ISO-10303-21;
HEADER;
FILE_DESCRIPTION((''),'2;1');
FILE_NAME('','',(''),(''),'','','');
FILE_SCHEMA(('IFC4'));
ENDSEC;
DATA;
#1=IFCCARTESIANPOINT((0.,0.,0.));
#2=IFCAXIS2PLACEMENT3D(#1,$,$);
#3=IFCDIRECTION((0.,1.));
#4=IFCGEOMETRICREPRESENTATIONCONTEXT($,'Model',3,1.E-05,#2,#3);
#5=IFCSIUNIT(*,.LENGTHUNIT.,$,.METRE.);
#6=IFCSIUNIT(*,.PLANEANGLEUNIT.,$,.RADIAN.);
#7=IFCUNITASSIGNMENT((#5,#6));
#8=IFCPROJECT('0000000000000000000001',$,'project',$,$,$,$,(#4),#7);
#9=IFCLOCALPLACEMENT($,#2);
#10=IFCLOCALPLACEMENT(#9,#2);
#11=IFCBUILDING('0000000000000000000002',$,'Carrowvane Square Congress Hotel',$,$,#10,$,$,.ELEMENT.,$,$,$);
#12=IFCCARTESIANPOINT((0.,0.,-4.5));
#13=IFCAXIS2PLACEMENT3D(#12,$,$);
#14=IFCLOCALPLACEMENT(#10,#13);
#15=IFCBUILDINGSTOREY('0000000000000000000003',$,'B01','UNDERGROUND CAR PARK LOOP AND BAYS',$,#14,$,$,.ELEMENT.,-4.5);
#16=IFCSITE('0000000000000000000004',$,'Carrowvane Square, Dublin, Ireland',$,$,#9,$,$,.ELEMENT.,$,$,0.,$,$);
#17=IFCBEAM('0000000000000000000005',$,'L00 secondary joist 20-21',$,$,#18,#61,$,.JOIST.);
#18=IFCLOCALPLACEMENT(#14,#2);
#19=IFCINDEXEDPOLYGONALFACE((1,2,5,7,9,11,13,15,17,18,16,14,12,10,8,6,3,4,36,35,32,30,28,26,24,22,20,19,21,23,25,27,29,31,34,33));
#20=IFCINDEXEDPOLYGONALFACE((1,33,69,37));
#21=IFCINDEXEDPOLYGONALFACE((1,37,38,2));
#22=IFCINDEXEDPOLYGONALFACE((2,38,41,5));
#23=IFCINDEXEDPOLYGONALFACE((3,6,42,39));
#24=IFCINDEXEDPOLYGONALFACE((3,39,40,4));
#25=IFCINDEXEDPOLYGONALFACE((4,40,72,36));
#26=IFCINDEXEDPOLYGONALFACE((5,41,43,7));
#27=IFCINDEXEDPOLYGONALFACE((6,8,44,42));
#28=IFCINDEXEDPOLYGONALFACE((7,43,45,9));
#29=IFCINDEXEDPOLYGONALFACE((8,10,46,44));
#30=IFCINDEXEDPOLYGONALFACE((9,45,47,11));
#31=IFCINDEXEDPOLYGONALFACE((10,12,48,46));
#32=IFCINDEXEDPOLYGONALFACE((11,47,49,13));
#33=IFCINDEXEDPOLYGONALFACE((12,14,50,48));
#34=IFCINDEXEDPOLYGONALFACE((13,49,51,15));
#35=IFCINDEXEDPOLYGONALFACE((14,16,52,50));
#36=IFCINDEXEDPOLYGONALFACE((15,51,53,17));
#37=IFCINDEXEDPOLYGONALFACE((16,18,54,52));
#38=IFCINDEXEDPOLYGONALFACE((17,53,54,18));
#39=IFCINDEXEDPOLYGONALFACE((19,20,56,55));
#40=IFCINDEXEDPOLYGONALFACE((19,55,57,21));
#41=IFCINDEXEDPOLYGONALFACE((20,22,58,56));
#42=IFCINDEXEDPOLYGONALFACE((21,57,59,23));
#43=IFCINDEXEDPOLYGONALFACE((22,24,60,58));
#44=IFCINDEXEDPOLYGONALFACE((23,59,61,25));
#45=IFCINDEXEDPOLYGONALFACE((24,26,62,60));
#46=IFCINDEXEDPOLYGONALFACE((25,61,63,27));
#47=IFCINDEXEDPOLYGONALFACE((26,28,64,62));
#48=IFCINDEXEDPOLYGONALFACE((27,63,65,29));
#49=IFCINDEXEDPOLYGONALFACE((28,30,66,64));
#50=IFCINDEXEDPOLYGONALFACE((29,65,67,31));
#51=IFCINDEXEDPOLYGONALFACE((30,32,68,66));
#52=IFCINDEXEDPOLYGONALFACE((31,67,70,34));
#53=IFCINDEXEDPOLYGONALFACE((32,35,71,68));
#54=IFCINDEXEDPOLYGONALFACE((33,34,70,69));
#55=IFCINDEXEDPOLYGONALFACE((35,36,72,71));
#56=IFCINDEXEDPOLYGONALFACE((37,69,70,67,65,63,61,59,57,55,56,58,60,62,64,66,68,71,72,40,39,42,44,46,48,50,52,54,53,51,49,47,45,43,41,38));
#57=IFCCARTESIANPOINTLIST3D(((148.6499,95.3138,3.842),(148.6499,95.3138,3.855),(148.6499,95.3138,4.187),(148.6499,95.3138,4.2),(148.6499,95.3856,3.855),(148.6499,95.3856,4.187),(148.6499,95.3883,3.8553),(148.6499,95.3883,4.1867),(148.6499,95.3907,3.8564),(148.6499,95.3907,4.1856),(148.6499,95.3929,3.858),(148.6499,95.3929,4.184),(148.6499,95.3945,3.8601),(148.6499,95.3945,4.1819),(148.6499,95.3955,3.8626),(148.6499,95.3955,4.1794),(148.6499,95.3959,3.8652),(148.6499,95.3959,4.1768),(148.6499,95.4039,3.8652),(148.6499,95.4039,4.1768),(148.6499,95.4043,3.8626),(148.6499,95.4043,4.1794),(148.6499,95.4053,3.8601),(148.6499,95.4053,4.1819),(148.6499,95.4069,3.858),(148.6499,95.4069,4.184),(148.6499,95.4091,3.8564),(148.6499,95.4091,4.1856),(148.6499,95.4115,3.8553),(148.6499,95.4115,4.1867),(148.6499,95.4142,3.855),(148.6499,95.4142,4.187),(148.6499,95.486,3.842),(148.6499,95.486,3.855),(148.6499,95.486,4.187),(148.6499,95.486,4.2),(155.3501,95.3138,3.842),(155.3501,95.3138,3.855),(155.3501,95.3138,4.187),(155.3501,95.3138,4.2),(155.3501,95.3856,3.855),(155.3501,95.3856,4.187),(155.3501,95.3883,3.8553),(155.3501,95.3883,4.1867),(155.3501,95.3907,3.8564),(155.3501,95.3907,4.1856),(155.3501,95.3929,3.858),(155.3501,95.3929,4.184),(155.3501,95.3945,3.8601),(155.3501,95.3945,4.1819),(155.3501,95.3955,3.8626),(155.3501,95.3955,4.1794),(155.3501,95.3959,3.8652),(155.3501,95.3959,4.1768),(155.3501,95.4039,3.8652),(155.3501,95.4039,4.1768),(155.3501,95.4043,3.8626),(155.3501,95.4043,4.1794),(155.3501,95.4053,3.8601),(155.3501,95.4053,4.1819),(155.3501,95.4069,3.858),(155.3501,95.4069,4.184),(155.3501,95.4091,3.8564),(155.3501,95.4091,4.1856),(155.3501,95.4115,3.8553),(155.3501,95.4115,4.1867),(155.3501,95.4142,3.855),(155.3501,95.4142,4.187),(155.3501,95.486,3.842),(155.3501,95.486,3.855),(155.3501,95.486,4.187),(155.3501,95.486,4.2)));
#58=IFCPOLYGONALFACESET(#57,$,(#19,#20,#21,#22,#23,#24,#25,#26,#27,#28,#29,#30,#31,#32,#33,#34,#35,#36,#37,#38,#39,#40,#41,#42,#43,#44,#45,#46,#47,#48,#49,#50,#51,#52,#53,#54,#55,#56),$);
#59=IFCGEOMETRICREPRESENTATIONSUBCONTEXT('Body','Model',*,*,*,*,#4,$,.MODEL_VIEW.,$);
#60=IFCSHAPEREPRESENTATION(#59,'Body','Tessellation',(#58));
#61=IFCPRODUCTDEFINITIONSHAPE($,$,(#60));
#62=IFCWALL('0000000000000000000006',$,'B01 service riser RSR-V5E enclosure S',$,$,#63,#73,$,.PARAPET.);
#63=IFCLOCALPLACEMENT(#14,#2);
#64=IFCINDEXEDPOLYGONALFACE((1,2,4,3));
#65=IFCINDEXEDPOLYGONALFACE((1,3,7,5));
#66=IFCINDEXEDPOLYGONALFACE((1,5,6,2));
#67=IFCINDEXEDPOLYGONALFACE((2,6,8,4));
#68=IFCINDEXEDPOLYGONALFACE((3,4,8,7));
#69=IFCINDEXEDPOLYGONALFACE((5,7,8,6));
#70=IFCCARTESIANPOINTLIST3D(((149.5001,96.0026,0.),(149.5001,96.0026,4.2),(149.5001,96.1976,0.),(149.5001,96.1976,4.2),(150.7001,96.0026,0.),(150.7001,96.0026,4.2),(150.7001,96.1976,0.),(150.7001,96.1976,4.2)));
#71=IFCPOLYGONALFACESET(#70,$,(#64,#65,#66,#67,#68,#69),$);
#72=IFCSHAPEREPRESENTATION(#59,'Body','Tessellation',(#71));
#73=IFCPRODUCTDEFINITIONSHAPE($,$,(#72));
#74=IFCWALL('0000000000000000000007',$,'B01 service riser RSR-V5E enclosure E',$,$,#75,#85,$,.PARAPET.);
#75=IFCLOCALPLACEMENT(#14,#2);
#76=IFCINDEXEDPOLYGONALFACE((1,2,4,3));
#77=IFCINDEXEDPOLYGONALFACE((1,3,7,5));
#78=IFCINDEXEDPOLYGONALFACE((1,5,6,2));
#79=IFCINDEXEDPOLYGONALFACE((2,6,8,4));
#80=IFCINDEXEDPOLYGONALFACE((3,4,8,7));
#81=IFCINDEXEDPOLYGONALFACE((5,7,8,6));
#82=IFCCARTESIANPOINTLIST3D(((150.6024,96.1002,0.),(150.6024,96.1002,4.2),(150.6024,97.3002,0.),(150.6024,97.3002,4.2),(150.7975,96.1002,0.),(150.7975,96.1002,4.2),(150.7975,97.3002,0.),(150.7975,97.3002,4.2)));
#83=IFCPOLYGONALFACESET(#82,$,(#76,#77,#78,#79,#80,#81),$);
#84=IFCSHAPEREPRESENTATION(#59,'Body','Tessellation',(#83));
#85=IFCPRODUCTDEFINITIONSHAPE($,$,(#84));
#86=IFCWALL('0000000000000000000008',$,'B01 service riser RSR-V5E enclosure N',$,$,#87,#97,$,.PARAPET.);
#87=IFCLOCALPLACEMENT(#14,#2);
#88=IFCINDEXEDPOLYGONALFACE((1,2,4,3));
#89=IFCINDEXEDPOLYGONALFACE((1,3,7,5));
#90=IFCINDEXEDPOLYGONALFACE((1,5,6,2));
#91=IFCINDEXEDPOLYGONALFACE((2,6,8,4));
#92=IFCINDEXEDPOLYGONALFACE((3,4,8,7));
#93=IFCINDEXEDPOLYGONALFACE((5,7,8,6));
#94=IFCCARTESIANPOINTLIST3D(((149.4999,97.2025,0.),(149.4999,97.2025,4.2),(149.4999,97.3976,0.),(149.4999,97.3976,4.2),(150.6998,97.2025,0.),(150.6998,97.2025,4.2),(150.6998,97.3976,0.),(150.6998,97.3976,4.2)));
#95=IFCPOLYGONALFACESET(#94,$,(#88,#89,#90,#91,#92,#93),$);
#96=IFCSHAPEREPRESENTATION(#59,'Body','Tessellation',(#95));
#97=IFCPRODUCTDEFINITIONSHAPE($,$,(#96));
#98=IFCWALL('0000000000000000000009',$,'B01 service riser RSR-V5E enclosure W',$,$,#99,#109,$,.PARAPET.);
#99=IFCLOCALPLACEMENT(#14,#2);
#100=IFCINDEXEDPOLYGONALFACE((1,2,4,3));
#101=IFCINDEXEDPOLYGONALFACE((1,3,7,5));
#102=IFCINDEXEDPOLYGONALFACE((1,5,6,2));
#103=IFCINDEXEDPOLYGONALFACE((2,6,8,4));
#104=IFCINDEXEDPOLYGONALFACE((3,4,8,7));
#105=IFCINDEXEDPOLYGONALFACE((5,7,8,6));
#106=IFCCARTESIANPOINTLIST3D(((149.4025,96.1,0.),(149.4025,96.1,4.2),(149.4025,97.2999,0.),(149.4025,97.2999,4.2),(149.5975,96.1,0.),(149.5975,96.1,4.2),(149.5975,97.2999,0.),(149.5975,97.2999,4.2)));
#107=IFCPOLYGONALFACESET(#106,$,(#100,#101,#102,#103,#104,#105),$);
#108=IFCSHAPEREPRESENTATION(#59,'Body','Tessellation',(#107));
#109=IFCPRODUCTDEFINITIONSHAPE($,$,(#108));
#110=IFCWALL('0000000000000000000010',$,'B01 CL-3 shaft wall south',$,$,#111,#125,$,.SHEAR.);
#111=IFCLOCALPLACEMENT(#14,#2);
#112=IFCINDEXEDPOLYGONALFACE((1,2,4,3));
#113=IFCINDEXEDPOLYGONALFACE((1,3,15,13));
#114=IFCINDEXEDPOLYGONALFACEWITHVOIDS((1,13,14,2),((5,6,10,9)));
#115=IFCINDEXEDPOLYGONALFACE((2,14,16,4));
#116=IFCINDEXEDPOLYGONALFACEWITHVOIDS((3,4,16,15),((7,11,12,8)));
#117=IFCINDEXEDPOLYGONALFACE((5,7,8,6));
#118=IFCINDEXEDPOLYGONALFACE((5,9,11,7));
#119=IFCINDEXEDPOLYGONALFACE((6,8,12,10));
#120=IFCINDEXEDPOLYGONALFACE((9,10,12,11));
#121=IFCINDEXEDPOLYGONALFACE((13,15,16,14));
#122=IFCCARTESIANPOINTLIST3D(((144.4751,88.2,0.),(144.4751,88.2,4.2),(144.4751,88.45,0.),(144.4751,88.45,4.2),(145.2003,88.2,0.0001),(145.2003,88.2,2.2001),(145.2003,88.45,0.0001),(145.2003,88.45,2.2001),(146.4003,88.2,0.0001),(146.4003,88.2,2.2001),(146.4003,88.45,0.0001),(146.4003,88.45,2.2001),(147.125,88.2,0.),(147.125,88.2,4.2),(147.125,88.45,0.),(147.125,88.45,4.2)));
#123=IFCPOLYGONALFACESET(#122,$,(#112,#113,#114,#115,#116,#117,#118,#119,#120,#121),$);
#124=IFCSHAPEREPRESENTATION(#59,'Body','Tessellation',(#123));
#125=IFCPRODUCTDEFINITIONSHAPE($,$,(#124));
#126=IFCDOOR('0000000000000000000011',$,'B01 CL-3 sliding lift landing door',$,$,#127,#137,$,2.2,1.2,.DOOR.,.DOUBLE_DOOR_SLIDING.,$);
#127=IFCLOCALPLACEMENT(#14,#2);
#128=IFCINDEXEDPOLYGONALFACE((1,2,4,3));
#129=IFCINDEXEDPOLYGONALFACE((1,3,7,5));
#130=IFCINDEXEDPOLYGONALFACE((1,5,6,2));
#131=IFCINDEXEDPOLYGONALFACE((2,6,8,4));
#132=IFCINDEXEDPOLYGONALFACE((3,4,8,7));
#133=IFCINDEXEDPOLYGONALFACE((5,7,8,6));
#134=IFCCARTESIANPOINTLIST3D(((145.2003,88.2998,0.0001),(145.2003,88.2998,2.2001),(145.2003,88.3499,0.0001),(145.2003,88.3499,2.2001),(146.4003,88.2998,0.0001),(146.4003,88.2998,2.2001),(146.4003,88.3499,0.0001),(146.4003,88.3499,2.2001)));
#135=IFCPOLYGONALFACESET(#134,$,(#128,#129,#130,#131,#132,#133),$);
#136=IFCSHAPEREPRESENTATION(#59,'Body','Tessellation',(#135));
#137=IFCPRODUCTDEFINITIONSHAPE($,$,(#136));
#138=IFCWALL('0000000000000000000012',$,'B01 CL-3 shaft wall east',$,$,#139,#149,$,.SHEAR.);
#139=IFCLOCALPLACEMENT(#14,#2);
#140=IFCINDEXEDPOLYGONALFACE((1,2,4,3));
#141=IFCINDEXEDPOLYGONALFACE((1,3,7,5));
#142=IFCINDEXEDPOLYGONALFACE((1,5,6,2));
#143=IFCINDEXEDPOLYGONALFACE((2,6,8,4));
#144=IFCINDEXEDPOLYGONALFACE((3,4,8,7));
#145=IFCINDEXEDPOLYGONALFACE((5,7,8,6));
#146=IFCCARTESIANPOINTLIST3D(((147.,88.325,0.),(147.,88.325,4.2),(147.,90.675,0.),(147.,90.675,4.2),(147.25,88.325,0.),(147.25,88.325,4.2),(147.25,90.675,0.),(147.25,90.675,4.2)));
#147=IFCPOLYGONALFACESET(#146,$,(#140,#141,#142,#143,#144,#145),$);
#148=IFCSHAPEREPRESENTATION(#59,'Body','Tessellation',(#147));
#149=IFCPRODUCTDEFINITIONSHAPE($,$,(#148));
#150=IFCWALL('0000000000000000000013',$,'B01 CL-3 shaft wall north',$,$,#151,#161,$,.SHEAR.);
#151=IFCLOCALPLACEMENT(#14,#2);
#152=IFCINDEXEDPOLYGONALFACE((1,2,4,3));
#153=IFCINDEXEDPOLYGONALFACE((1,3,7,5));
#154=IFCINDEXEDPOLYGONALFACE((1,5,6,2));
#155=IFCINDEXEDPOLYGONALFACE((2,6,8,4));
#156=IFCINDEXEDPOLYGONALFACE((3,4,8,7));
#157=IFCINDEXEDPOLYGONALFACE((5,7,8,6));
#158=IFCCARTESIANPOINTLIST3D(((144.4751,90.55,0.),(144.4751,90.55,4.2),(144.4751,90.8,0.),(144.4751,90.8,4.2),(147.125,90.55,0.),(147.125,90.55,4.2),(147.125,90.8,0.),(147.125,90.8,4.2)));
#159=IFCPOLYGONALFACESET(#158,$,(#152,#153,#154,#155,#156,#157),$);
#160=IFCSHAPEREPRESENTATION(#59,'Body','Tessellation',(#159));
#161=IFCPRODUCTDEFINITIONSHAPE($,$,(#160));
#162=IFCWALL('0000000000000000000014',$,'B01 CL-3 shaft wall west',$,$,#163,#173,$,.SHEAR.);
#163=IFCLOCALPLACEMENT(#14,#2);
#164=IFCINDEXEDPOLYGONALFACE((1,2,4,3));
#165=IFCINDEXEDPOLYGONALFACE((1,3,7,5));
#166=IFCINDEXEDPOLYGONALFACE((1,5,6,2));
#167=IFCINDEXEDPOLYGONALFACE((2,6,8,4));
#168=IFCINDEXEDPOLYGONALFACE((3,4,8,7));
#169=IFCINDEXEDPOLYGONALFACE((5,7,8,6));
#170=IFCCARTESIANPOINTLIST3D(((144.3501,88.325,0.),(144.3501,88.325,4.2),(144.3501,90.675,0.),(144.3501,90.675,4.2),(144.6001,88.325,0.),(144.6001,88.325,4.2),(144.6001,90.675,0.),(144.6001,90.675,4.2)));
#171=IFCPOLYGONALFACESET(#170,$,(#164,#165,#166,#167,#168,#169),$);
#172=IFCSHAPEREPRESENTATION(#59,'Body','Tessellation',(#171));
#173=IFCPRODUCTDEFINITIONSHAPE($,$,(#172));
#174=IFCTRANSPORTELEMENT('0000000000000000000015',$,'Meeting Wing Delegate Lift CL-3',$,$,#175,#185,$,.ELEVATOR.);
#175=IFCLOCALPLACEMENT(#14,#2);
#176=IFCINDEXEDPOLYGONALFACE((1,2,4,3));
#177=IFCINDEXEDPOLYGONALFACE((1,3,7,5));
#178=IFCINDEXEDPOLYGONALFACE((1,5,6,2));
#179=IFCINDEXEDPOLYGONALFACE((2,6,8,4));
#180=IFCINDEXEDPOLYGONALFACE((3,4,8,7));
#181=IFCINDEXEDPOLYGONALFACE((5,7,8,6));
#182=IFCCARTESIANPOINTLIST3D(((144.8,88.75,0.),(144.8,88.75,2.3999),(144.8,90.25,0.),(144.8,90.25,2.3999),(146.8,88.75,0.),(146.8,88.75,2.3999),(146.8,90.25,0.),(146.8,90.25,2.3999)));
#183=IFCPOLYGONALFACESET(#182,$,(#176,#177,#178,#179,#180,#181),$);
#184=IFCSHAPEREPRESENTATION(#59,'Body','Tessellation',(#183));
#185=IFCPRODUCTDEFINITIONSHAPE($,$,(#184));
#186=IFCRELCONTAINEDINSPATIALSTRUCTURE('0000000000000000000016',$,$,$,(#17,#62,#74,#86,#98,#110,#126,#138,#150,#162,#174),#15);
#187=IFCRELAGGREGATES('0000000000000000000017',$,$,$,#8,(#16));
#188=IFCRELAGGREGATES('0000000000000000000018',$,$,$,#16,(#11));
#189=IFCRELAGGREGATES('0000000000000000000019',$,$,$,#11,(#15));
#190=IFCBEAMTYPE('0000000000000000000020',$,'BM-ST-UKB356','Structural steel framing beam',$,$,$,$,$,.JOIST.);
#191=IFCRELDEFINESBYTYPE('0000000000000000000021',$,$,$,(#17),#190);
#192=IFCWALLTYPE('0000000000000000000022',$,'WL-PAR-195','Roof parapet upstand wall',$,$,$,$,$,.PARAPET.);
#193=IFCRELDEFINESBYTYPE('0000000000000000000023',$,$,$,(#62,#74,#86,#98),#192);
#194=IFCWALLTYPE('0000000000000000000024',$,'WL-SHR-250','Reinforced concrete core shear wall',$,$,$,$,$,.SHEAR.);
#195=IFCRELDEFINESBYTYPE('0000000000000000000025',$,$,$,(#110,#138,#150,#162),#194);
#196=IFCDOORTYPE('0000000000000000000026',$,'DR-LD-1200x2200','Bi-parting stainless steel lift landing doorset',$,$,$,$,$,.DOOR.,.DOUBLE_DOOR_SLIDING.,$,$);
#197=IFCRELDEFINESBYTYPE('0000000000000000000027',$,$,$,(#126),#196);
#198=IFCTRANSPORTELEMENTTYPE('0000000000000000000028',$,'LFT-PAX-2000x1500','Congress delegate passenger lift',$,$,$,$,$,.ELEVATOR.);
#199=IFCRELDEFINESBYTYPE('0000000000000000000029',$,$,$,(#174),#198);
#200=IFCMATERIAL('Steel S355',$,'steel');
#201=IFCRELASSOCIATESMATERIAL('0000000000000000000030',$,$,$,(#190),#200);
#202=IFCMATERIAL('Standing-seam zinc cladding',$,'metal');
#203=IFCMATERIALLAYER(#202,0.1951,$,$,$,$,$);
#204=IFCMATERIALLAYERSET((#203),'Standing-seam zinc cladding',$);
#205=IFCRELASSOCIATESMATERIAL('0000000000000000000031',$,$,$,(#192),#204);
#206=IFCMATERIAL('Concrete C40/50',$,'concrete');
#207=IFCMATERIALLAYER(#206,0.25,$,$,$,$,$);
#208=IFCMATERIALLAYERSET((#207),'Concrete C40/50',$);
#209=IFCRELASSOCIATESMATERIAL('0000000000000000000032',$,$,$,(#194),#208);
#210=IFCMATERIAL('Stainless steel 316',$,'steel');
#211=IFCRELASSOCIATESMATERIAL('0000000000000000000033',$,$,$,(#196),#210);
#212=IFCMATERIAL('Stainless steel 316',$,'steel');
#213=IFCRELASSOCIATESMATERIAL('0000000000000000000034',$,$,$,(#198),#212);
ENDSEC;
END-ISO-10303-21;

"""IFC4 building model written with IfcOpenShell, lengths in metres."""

from ifc_helpers import new_model, si_unit, direction, frame, frame_2d, origin, origin_2d, place, context, subcontext, project, spatial, rectangle, i_section, extrude, material, layer, layer_set, material_profile, profile_set, type_object, element, fill, save


model = new_model("IFC4")

# Units and contexts
model_context = context("Model", 3, precision=1e-05, world=origin(), true_north=direction((0.0, 1.0)))
body_context = subcontext(model_context, "Body", "Model", "MODEL_VIEW")
ifc_project = project(units=[si_unit("LENGTHUNIT", "METRE"), si_unit("PLANEANGLEUNIT", "RADIAN")], contexts=[model_context])

# Site, building, storey
site_placement = place(None, origin())
site = spatial("IfcSite", under=ifc_project, at=site_placement, Name="Carrowvane Square, Dublin, Ireland", CompositionType="ELEMENT", RefElevation=0.0)
building_placement = place(site_placement, origin())
building = spatial("IfcBuilding", under=site, at=building_placement, Name="Carrowvane Square Congress Hotel", CompositionType="ELEMENT")
storey_placement = place(building_placement, frame((0.0, 0.0, -4.5)))
storey = spatial("IfcBuildingStorey", under=building, at=storey_placement, Name="B01", Description="UNDERGROUND CAR PARK LOOP AND BAYS", CompositionType="ELEMENT", Elevation=-4.5)

# Beam
ifc_material_1 = material(Name="Steel S355", Category="steel")
ifc_material_profile_1 = material_profile(ifc_material_1, i_section(OverallWidth=0.1721, OverallDepth=0.3579, WebThickness=0.0081, FlangeThickness=0.0129, FilletRadius=0.0103, at=origin_2d()), Name="UKB 356x171x57")
ifc_profile_set_1 = profile_set([ifc_material_profile_1], Name="Steel S355")
beam_type_1 = type_object("IfcBeamType", Name="BM-ST-UKB356", Description="Structural steel framing beam", PredefinedType="JOIST", material=ifc_profile_set_1)
beam_1_placement = place(storey_placement, frame((148.6499, 95.3999, 4.021), z_axis=(1.0, 0.0, 0.0), x_axis=(0.0, 1.0, 0.0)))
element("IfcBeam", 1, at=beam_1_placement, inside=storey, type_object=beam_type_1, Name="L00 secondary joist 20-21", PredefinedType="JOIST", context=body_context, shape_type="SweptSolid", body=[
    extrude(i_section(OverallWidth=0.1721, OverallDepth=0.3579, WebThickness=0.0081, FlangeThickness=0.0129, FilletRadius=0.0103, at=origin_2d()), origin(), (0.0, 0.0, 1.0), 6.7002),
])

# Walls
ifc_material_2 = material(Name="Standing-seam zinc cladding", Category="metal")
ifc_layer_1 = layer(ifc_material_2, 0.1951)
ifc_layer_set_1 = layer_set([ifc_layer_1], Name="Standing-seam zinc cladding")
wall_type_1 = type_object("IfcWallType", Name="WL-PAR-195", Description="Roof parapet upstand wall", PredefinedType="PARAPET", material=ifc_layer_set_1)
for number, where, z_axis, x_axis, name in (
    (2, (149.5, 96.1001, 0.0), (0.0, 0.0, 1.0), (1.0, 0.0, 0.0), "B01 service riser RSR-V5E enclosure S"),
    (3, (150.7, 96.1001, 0.0), (0.0, 0.0, 1.0), (0.0, 1.0, 0.0), "B01 service riser RSR-V5E enclosure E"),
    (4, (150.7, 97.3, 0.0), (0.0, 0.0, 1.0), (-1.0, 0.0, 0.0), "B01 service riser RSR-V5E enclosure N"),
    (5, (149.5, 97.3, 0.0), (0.0, 0.0, 1.0), (0.0, -1.0, 0.0), "B01 service riser RSR-V5E enclosure W"),
):
    element("IfcWall", number, at=place(storey_placement, frame(where, z_axis=z_axis, x_axis=x_axis)), inside=storey, type_object=wall_type_1, Name=name, PredefinedType="PARAPET", context=body_context, shape_type="SweptSolid", body=[
        extrude(rectangle(XDim=1.2, YDim=0.1951, at=frame_2d((0.6001, 0.0))), origin(), (0.0, 0.0, 1.0), 4.2),
    ])

# Wall, opening, door
ifc_material_3 = material(Name="Concrete C40/50", Category="concrete")
ifc_layer_2 = layer(ifc_material_3, 0.25)
ifc_layer_set_2 = layer_set([ifc_layer_2], Name="Concrete C40/50")
wall_type_2 = type_object("IfcWallType", Name="WL-SHR-250", Description="Reinforced concrete core shear wall", PredefinedType="SHEAR", material=ifc_layer_set_2)
wall_1_placement = place(storey_placement, frame((144.4751, 88.325, 0.0), z_axis=(0.0, 0.0, 1.0), x_axis=(1.0, 0.0, 0.0)))
wall_1 = element("IfcWall", 6, at=wall_1_placement, inside=storey, type_object=wall_type_2, Name="B01 CL-3 shaft wall south", PredefinedType="SHEAR", context=body_context, shape_type="SweptSolid", body=[
    extrude(rectangle(XDim=2.6499, YDim=0.25, at=frame_2d((1.325, 0.0))), origin(), (0.0, 0.0, 1.0), 4.2),
])
opening_placement = place(wall_1_placement, frame((0.7251, 0.0, 0.0)))
opening = element("IfcOpeningElement", 7, at=opening_placement, cuts=wall_1, PredefinedType="OPENING", context=body_context, shape_type="SweptSolid", body=[
    extrude(rectangle(XDim=1.2, YDim=2.2, at=frame_2d((0.6001, 1.1001))), frame((0.0, 0.135, 0.0), z_axis=(0.0, -1.0, 0.0), x_axis=(1.0, 0.0, 0.0)), (0.0, 0.0, 1.0), 0.27),
])
ifc_material_4 = material(Name="Stainless steel 316", Category="steel")
door_type = type_object("IfcDoorType", Name="DR-LD-1200x2200", Description="Bi-parting stainless steel lift landing doorset", OperationType="DOUBLE_DOOR_SLIDING", PredefinedType="DOOR", material=ifc_material_4)
door_placement = place(opening_placement, origin())
door = element("IfcDoor", 8, at=door_placement, inside=storey, type_object=door_type, Name="B01 CL-3 sliding lift landing door", OperationType="DOUBLE_DOOR_SLIDING", OverallHeight=2.2, OverallWidth=1.2, PredefinedType="DOOR", context=body_context, shape_type="SweptSolid", body=[
    extrude(rectangle(XDim=1.2, YDim=2.2, at=frame_2d((0.6001, 1.1001))), frame((0.0, 0.0249, 0.0), z_axis=(0.0, -1.0, 0.0), x_axis=(1.0, 0.0, 0.0)), (0.0, 0.0, 1.0), 0.05),
])
fill(opening, door)

# Walls
wall_2_placement = place(storey_placement, frame((147.125, 88.325, 0.0), z_axis=(0.0, 0.0, 1.0), x_axis=(0.0, 1.0, 0.0)))
element("IfcWall", 9, at=wall_2_placement, inside=storey, type_object=wall_type_2, Name="B01 CL-3 shaft wall east", PredefinedType="SHEAR", context=body_context, shape_type="SweptSolid", body=[
    extrude(rectangle(XDim=2.3501, YDim=0.25, at=frame_2d((1.175, 0.0))), origin(), (0.0, 0.0, 1.0), 4.2),
])
wall_3_placement = place(storey_placement, frame((147.125, 90.675, 0.0), z_axis=(0.0, 0.0, 1.0), x_axis=(-1.0, 0.0, 0.0)))
element("IfcWall", 10, at=wall_3_placement, inside=storey, type_object=wall_type_2, Name="B01 CL-3 shaft wall north", PredefinedType="SHEAR", context=body_context, shape_type="SweptSolid", body=[
    extrude(rectangle(XDim=2.6499, YDim=0.25, at=frame_2d((1.325, 0.0))), origin(), (0.0, 0.0, 1.0), 4.2),
])
wall_4_placement = place(storey_placement, frame((144.4751, 90.675, 0.0), z_axis=(0.0, 0.0, 1.0), x_axis=(0.0, -1.0, 0.0)))
element("IfcWall", 11, at=wall_4_placement, inside=storey, type_object=wall_type_2, Name="B01 CL-3 shaft wall west", PredefinedType="SHEAR", context=body_context, shape_type="SweptSolid", body=[
    extrude(rectangle(XDim=2.3501, YDim=0.25, at=frame_2d((1.175, 0.0))), origin(), (0.0, 0.0, 1.0), 4.2),
])

# Transport element
ifc_material_5 = material(Name="Stainless steel 316", Category="steel")
transport_element_type = type_object("IfcTransportElementType", Name="LFT-PAX-2000x1500", Description="Congress delegate passenger lift", PredefinedType="ELEVATOR", material=ifc_material_5)
transport_element_placement = place(storey_placement, frame((145.8, 89.5, 0.0), z_axis=(0.0, 0.0, 1.0), x_axis=(1.0, 0.0, 0.0)))
element("IfcTransportElement", 12, at=transport_element_placement, inside=storey, type_object=transport_element_type, Name="Meeting Wing Delegate Lift CL-3", PredefinedType="ELEVATOR", context=body_context, shape_type="SweptSolid", body=[
    extrude(rectangle(XDim=2.0, YDim=1.5, at=origin_2d()), origin(), (0.0, 0.0, 1.0), 2.3999),
])

save(model, "model.ifc")
